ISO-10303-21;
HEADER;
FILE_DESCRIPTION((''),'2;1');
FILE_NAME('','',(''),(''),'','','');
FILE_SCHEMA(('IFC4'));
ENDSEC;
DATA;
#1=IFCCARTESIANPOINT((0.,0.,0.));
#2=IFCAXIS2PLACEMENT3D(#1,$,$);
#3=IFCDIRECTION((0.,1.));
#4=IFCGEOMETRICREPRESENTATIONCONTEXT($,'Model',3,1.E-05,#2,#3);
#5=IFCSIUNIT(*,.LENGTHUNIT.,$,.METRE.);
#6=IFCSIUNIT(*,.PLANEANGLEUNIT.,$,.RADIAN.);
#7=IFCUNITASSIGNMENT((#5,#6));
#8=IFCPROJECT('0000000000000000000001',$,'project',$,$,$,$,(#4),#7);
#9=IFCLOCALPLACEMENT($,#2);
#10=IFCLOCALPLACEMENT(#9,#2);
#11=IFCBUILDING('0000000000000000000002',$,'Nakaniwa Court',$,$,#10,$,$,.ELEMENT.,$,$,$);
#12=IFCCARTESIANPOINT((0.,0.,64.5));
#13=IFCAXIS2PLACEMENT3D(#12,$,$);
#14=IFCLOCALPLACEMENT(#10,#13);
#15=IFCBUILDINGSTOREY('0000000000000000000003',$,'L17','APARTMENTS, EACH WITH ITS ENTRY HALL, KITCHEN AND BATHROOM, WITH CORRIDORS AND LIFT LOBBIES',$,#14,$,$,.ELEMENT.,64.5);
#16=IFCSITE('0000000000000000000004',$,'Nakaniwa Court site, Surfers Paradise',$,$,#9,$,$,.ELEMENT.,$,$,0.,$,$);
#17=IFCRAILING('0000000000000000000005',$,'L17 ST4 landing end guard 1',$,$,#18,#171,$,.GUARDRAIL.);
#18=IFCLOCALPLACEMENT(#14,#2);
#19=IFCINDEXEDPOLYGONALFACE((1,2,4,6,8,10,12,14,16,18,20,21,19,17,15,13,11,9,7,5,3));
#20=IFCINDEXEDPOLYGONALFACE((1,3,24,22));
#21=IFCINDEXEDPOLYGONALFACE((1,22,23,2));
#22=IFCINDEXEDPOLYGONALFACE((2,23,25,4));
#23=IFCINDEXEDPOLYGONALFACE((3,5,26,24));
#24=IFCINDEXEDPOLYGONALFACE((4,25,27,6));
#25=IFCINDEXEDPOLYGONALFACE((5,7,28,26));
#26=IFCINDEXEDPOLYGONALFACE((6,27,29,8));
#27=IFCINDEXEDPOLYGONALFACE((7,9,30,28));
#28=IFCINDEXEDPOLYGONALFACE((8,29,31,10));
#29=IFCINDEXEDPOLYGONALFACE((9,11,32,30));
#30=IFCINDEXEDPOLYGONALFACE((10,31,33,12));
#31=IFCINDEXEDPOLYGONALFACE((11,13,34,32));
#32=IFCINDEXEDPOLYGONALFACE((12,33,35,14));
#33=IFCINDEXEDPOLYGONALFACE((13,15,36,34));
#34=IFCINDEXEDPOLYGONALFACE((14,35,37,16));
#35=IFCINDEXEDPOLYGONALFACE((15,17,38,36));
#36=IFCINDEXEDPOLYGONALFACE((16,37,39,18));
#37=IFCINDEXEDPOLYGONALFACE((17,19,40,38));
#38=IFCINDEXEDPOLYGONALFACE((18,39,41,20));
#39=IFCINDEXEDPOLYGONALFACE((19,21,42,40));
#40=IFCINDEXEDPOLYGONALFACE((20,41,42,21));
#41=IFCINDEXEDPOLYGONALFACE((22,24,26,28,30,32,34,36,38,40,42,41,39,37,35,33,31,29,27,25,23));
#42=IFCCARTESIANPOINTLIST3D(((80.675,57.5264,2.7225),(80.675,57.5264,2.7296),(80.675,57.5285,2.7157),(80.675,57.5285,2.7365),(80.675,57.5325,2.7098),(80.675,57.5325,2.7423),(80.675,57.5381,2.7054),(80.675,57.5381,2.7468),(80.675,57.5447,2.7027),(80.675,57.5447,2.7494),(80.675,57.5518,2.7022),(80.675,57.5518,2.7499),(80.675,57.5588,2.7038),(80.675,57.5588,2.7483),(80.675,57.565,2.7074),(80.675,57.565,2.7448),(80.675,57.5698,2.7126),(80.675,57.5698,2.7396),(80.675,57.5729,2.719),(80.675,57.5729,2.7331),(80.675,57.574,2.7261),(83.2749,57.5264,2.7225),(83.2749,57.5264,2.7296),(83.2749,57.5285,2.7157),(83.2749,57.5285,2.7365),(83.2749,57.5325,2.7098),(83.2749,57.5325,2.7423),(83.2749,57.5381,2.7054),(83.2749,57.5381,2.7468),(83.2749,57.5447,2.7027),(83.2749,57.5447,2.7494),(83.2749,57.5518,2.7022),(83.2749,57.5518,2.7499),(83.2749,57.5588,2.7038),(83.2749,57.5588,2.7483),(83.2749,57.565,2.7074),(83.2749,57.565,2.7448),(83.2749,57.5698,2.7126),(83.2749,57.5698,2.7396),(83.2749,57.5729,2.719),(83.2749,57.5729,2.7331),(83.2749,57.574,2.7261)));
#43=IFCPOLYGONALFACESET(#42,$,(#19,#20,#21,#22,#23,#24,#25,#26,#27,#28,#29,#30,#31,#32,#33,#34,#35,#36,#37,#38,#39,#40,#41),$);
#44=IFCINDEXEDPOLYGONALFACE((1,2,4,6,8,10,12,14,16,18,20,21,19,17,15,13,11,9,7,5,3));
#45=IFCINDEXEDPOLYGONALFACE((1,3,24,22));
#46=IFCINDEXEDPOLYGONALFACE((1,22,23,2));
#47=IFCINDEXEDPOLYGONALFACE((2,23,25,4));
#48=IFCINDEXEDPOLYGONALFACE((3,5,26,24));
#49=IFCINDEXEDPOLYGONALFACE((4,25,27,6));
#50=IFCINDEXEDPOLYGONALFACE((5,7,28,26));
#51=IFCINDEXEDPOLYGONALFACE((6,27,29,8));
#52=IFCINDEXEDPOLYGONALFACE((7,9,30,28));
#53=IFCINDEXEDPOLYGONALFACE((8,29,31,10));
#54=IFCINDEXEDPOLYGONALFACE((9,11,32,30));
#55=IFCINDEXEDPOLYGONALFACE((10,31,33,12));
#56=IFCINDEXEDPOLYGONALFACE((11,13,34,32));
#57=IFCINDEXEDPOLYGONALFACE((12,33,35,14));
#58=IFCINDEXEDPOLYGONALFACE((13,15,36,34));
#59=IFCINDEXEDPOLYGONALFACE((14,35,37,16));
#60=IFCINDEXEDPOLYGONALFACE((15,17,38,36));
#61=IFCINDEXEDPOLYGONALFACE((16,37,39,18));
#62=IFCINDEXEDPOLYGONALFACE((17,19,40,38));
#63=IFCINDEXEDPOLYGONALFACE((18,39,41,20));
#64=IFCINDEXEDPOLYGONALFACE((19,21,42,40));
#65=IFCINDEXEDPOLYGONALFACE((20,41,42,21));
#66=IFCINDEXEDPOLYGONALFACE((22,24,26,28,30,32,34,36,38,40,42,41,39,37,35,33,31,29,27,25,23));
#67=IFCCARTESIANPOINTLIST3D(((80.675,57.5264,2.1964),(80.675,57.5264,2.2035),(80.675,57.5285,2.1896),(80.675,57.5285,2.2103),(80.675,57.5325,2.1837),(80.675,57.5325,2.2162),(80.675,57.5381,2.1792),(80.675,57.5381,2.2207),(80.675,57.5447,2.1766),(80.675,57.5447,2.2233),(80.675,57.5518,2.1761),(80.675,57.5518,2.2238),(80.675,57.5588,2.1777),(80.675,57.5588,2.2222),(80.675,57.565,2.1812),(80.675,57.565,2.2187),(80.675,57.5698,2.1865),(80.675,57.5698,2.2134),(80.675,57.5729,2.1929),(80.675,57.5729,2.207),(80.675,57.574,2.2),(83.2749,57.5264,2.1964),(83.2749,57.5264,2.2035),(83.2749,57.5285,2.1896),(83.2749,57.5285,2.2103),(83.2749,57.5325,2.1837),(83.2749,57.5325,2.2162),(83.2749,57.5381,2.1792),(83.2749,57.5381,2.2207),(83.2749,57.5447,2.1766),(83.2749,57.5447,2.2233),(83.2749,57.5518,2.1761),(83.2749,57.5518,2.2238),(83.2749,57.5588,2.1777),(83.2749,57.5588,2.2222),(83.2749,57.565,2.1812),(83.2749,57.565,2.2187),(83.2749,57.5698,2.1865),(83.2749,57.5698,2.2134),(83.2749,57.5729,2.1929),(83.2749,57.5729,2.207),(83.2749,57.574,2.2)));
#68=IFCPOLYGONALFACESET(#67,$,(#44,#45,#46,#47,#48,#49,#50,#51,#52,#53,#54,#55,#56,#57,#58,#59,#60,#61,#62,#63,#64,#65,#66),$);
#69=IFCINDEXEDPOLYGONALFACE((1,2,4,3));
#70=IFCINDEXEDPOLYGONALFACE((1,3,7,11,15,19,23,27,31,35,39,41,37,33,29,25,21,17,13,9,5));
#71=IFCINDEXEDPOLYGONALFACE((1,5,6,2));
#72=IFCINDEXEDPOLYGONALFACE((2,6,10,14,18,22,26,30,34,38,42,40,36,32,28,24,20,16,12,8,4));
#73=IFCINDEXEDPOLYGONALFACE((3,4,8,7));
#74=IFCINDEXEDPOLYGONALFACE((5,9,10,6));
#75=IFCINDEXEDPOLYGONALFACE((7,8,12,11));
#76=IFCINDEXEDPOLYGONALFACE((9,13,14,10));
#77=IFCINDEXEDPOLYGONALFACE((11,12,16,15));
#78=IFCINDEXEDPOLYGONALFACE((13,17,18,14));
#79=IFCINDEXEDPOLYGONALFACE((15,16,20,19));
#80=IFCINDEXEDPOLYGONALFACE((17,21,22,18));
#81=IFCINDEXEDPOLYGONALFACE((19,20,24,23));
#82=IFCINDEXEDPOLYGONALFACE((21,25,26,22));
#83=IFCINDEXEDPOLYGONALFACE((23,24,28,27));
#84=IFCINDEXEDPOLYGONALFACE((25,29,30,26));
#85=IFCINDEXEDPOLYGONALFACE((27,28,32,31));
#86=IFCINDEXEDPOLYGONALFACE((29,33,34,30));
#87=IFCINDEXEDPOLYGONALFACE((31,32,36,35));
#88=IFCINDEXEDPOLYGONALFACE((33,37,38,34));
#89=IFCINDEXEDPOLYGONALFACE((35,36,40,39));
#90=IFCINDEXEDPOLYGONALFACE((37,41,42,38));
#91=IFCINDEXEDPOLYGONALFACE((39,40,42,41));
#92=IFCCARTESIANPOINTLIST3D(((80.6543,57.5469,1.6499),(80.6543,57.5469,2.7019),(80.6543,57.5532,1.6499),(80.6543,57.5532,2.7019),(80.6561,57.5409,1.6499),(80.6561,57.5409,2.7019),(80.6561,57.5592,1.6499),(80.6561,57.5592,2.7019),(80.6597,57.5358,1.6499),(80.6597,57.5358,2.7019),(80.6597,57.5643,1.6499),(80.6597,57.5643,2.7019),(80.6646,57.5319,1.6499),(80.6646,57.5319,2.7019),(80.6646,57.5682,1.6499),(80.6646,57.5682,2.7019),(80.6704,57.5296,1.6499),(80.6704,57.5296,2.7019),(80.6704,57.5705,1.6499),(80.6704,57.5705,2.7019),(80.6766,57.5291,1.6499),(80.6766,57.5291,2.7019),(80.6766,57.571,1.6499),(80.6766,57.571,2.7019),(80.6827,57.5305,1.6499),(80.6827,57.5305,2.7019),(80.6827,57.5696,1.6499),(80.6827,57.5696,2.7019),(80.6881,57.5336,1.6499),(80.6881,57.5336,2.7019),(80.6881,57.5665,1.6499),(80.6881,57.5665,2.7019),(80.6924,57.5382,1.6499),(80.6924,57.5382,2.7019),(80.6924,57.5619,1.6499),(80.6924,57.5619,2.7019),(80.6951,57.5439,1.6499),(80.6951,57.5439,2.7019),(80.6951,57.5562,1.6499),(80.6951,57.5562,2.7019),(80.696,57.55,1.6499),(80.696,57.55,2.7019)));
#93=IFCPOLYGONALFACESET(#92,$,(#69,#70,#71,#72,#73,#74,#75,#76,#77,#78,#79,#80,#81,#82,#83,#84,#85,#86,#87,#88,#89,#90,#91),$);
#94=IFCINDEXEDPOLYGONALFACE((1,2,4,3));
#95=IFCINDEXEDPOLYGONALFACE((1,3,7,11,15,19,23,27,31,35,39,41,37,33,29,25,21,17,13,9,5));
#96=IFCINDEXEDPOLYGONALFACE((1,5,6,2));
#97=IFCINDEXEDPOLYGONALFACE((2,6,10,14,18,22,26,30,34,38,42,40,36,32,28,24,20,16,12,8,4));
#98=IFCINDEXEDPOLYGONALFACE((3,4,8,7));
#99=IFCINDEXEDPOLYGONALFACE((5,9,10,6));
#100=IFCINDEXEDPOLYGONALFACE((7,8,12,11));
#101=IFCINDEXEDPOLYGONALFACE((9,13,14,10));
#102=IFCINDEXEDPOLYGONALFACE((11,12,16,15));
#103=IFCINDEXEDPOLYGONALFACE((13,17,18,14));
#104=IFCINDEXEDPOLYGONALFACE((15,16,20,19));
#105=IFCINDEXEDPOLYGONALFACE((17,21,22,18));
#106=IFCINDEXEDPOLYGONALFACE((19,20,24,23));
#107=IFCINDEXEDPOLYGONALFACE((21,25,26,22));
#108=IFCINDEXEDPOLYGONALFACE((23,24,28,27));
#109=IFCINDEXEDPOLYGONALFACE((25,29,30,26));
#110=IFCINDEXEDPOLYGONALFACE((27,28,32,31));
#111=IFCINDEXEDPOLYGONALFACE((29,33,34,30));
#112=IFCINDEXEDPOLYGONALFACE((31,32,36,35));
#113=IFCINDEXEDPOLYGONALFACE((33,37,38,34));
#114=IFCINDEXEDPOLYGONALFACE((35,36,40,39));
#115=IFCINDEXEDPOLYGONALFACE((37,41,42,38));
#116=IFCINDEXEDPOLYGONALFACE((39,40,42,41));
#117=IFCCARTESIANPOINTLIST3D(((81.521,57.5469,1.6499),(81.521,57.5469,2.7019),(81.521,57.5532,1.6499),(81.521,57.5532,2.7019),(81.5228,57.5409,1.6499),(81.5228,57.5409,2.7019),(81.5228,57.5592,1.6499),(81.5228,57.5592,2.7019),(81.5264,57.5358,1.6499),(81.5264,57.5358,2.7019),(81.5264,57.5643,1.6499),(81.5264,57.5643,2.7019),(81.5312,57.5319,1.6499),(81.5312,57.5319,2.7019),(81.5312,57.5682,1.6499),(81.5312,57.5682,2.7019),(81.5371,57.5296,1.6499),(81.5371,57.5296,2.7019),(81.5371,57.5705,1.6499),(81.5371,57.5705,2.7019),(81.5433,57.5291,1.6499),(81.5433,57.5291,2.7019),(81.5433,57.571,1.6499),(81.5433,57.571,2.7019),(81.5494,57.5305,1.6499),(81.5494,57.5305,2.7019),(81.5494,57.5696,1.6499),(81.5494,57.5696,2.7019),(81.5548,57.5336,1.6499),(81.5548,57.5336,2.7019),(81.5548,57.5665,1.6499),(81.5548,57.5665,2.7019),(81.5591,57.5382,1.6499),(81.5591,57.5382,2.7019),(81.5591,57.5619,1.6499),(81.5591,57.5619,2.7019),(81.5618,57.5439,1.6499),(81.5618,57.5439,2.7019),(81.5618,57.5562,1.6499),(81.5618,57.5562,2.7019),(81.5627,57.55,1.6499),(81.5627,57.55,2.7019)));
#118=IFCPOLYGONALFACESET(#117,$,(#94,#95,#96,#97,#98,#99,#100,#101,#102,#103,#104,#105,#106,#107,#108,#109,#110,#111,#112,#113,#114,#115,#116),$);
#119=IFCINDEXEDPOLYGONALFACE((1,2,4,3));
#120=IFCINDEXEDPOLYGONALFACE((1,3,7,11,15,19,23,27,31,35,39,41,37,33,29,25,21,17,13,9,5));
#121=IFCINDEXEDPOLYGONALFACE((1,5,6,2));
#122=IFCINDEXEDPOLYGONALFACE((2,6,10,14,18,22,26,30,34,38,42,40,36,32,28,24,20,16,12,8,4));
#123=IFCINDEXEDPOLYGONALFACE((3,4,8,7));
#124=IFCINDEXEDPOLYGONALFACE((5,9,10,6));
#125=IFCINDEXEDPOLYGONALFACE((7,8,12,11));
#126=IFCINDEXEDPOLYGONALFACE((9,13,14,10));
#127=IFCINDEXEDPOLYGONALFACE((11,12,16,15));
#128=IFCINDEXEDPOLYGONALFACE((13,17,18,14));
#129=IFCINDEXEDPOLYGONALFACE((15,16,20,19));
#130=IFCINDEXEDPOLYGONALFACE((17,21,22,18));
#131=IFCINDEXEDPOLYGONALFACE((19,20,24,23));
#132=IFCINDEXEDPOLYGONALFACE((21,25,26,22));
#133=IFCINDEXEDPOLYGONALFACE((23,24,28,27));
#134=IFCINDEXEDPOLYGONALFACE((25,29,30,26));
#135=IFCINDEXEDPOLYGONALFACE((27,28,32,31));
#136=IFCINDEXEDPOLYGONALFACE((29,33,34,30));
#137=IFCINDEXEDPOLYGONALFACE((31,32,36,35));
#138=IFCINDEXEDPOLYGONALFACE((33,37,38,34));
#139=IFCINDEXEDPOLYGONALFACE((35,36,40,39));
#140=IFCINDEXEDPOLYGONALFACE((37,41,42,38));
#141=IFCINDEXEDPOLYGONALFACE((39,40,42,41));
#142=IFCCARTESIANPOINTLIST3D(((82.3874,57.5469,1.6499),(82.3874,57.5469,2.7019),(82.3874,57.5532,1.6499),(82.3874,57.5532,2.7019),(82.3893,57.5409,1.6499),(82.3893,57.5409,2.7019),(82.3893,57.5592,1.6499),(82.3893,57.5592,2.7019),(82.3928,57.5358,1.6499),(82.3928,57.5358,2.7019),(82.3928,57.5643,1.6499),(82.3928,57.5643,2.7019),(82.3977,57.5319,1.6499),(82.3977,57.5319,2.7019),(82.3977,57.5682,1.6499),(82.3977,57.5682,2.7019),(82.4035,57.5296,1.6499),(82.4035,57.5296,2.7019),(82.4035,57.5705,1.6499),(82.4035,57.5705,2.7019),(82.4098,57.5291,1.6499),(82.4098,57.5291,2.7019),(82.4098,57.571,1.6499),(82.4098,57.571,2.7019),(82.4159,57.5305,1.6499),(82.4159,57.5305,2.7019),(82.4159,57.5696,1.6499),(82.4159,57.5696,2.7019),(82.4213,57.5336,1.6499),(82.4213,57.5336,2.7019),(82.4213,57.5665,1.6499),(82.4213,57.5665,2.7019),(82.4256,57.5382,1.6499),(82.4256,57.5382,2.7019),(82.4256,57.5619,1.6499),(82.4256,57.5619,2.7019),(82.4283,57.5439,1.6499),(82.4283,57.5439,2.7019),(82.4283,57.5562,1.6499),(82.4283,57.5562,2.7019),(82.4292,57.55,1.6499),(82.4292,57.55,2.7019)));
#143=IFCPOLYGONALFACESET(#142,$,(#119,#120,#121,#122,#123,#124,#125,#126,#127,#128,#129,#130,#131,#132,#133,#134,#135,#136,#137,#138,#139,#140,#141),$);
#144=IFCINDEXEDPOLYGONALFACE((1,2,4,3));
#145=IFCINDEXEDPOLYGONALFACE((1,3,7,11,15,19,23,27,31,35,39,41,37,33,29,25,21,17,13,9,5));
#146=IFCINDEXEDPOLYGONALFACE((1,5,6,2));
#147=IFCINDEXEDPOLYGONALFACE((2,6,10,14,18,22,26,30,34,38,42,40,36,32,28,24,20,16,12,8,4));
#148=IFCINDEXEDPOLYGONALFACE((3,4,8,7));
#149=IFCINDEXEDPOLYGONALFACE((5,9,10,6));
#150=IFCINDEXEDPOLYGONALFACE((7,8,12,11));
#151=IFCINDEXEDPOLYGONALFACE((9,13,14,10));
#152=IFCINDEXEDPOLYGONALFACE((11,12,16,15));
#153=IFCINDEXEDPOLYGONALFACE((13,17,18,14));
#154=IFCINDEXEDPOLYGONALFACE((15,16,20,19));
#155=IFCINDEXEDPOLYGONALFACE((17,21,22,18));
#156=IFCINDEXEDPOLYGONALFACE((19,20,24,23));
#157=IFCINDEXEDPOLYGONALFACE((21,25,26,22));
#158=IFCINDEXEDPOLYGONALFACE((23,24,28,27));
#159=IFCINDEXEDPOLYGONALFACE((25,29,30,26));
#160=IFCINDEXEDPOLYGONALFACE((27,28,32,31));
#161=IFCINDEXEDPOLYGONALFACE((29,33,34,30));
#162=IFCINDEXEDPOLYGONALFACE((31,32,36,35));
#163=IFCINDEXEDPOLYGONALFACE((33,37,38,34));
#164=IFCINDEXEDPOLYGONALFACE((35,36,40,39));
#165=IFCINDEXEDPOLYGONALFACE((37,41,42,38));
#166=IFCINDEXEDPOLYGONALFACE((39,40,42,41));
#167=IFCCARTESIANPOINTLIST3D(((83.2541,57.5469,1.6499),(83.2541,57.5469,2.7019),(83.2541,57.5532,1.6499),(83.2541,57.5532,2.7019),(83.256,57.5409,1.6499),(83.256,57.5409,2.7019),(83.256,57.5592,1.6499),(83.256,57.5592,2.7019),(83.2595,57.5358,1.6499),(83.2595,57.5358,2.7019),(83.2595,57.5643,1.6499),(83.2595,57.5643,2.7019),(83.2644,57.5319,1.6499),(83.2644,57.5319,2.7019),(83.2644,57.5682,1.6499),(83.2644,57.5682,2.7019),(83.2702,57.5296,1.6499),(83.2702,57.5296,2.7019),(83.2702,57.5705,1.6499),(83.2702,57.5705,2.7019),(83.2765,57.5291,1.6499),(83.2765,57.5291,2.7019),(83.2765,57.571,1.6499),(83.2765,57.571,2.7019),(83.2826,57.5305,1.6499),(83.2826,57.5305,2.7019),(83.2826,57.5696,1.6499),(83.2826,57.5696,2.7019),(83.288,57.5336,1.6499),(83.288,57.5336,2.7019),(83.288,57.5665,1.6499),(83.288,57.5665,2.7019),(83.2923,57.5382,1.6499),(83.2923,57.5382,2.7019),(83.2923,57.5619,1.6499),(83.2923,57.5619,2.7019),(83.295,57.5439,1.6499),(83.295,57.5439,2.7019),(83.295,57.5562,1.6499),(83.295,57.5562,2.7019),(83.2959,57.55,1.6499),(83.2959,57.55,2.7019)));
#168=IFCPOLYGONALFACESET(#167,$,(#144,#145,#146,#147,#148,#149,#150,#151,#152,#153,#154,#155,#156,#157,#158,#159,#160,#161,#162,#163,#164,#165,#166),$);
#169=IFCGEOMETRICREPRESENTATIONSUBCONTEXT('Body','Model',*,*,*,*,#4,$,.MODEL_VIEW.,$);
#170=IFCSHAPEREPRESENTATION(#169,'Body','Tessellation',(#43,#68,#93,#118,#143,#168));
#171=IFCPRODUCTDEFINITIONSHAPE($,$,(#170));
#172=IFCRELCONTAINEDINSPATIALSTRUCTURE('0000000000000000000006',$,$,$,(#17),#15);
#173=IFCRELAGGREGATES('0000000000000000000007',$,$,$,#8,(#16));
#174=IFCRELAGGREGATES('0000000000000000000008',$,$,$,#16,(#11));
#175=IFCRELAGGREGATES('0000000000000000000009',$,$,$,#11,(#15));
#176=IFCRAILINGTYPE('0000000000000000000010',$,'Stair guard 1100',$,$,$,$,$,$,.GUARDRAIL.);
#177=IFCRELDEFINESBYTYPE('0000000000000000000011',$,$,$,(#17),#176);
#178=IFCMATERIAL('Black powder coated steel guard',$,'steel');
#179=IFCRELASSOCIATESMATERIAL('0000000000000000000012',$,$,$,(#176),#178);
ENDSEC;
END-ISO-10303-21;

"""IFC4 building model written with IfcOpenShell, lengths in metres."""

from ifc_helpers import new_model, si_unit, direction, frame, origin, origin_2d, place, context, subcontext, project, spatial, circle, extrude, material, type_object, element, save


model = new_model("IFC4")

# Units and contexts
model_context = context("Model", 3, precision=1e-05, world=origin(), true_north=direction((0.0, 1.0)))
body_context = subcontext(model_context, "Body", "Model", "MODEL_VIEW")
ifc_project = project(units=[si_unit("LENGTHUNIT", "METRE"), si_unit("PLANEANGLEUNIT", "RADIAN")], contexts=[model_context])

# Site, building, storey
site_placement = place(None, origin())
site = spatial("IfcSite", under=ifc_project, at=site_placement, Name="Nakaniwa Court site, Surfers Paradise", CompositionType="ELEMENT", RefElevation=0.0)
building_placement = place(site_placement, origin())
building = spatial("IfcBuilding", under=site, at=building_placement, Name="Nakaniwa Court", CompositionType="ELEMENT")
storey_placement = place(building_placement, frame((0.0, 0.0, 64.5)))
storey = spatial("IfcBuildingStorey", under=building, at=storey_placement, Name="L17", Description="APARTMENTS, EACH WITH ITS ENTRY HALL, KITCHEN AND BATHROOM, WITH CORRIDORS AND LIFT LOBBIES", CompositionType="ELEMENT", Elevation=64.5)

# Railing
ifc_material_1 = material(Name="Black powder coated steel guard", Category="steel")
railing_type_1 = type_object("IfcRailingType", Name="Stair guard 1100", PredefinedType="GUARDRAIL", material=ifc_material_1)
railing_1_placement = place(storey_placement, frame((80.675, 57.55, 1.6499)))
element("IfcRailing", 1, at=railing_1_placement, inside=storey, type_object=railing_type_1, Name="L17 ST4 landing end guard 1", PredefinedType="GUARDRAIL", context=body_context, shape_type="SweptSolid", body=[
    extrude(circle(Radius=0.0239, at=origin_2d()), frame((0.0, 0.0, 1.0762), z_axis=(1.0, 0.0, 0.0), x_axis=(0.0, 1.0, 0.0)), (0.0, 0.0, 1.0), 2.5999),
    extrude(circle(Radius=0.0239, at=origin_2d()), frame((0.0, 0.0, 0.55), z_axis=(1.0, 0.0, 0.0), x_axis=(0.0, 1.0, 0.0)), (0.0, 0.0, 1.0), 2.5999),
    extrude(circle(Radius=0.021, at=origin_2d()), origin(), (0.0, 0.0, 1.0), 1.052),
    extrude(circle(Radius=0.021, at=origin_2d()), frame((0.8667, 0.0, 0.0)), (0.0, 0.0, 1.0), 1.052),
    extrude(circle(Radius=0.021, at=origin_2d()), frame((1.7332, 0.0, 0.0)), (0.0, 0.0, 1.0), 1.052),
    extrude(circle(Radius=0.021, at=origin_2d()), frame((2.5999, 0.0, 0.0)), (0.0, 0.0, 1.0), 1.052),
])

save(model, "model.ifc")
